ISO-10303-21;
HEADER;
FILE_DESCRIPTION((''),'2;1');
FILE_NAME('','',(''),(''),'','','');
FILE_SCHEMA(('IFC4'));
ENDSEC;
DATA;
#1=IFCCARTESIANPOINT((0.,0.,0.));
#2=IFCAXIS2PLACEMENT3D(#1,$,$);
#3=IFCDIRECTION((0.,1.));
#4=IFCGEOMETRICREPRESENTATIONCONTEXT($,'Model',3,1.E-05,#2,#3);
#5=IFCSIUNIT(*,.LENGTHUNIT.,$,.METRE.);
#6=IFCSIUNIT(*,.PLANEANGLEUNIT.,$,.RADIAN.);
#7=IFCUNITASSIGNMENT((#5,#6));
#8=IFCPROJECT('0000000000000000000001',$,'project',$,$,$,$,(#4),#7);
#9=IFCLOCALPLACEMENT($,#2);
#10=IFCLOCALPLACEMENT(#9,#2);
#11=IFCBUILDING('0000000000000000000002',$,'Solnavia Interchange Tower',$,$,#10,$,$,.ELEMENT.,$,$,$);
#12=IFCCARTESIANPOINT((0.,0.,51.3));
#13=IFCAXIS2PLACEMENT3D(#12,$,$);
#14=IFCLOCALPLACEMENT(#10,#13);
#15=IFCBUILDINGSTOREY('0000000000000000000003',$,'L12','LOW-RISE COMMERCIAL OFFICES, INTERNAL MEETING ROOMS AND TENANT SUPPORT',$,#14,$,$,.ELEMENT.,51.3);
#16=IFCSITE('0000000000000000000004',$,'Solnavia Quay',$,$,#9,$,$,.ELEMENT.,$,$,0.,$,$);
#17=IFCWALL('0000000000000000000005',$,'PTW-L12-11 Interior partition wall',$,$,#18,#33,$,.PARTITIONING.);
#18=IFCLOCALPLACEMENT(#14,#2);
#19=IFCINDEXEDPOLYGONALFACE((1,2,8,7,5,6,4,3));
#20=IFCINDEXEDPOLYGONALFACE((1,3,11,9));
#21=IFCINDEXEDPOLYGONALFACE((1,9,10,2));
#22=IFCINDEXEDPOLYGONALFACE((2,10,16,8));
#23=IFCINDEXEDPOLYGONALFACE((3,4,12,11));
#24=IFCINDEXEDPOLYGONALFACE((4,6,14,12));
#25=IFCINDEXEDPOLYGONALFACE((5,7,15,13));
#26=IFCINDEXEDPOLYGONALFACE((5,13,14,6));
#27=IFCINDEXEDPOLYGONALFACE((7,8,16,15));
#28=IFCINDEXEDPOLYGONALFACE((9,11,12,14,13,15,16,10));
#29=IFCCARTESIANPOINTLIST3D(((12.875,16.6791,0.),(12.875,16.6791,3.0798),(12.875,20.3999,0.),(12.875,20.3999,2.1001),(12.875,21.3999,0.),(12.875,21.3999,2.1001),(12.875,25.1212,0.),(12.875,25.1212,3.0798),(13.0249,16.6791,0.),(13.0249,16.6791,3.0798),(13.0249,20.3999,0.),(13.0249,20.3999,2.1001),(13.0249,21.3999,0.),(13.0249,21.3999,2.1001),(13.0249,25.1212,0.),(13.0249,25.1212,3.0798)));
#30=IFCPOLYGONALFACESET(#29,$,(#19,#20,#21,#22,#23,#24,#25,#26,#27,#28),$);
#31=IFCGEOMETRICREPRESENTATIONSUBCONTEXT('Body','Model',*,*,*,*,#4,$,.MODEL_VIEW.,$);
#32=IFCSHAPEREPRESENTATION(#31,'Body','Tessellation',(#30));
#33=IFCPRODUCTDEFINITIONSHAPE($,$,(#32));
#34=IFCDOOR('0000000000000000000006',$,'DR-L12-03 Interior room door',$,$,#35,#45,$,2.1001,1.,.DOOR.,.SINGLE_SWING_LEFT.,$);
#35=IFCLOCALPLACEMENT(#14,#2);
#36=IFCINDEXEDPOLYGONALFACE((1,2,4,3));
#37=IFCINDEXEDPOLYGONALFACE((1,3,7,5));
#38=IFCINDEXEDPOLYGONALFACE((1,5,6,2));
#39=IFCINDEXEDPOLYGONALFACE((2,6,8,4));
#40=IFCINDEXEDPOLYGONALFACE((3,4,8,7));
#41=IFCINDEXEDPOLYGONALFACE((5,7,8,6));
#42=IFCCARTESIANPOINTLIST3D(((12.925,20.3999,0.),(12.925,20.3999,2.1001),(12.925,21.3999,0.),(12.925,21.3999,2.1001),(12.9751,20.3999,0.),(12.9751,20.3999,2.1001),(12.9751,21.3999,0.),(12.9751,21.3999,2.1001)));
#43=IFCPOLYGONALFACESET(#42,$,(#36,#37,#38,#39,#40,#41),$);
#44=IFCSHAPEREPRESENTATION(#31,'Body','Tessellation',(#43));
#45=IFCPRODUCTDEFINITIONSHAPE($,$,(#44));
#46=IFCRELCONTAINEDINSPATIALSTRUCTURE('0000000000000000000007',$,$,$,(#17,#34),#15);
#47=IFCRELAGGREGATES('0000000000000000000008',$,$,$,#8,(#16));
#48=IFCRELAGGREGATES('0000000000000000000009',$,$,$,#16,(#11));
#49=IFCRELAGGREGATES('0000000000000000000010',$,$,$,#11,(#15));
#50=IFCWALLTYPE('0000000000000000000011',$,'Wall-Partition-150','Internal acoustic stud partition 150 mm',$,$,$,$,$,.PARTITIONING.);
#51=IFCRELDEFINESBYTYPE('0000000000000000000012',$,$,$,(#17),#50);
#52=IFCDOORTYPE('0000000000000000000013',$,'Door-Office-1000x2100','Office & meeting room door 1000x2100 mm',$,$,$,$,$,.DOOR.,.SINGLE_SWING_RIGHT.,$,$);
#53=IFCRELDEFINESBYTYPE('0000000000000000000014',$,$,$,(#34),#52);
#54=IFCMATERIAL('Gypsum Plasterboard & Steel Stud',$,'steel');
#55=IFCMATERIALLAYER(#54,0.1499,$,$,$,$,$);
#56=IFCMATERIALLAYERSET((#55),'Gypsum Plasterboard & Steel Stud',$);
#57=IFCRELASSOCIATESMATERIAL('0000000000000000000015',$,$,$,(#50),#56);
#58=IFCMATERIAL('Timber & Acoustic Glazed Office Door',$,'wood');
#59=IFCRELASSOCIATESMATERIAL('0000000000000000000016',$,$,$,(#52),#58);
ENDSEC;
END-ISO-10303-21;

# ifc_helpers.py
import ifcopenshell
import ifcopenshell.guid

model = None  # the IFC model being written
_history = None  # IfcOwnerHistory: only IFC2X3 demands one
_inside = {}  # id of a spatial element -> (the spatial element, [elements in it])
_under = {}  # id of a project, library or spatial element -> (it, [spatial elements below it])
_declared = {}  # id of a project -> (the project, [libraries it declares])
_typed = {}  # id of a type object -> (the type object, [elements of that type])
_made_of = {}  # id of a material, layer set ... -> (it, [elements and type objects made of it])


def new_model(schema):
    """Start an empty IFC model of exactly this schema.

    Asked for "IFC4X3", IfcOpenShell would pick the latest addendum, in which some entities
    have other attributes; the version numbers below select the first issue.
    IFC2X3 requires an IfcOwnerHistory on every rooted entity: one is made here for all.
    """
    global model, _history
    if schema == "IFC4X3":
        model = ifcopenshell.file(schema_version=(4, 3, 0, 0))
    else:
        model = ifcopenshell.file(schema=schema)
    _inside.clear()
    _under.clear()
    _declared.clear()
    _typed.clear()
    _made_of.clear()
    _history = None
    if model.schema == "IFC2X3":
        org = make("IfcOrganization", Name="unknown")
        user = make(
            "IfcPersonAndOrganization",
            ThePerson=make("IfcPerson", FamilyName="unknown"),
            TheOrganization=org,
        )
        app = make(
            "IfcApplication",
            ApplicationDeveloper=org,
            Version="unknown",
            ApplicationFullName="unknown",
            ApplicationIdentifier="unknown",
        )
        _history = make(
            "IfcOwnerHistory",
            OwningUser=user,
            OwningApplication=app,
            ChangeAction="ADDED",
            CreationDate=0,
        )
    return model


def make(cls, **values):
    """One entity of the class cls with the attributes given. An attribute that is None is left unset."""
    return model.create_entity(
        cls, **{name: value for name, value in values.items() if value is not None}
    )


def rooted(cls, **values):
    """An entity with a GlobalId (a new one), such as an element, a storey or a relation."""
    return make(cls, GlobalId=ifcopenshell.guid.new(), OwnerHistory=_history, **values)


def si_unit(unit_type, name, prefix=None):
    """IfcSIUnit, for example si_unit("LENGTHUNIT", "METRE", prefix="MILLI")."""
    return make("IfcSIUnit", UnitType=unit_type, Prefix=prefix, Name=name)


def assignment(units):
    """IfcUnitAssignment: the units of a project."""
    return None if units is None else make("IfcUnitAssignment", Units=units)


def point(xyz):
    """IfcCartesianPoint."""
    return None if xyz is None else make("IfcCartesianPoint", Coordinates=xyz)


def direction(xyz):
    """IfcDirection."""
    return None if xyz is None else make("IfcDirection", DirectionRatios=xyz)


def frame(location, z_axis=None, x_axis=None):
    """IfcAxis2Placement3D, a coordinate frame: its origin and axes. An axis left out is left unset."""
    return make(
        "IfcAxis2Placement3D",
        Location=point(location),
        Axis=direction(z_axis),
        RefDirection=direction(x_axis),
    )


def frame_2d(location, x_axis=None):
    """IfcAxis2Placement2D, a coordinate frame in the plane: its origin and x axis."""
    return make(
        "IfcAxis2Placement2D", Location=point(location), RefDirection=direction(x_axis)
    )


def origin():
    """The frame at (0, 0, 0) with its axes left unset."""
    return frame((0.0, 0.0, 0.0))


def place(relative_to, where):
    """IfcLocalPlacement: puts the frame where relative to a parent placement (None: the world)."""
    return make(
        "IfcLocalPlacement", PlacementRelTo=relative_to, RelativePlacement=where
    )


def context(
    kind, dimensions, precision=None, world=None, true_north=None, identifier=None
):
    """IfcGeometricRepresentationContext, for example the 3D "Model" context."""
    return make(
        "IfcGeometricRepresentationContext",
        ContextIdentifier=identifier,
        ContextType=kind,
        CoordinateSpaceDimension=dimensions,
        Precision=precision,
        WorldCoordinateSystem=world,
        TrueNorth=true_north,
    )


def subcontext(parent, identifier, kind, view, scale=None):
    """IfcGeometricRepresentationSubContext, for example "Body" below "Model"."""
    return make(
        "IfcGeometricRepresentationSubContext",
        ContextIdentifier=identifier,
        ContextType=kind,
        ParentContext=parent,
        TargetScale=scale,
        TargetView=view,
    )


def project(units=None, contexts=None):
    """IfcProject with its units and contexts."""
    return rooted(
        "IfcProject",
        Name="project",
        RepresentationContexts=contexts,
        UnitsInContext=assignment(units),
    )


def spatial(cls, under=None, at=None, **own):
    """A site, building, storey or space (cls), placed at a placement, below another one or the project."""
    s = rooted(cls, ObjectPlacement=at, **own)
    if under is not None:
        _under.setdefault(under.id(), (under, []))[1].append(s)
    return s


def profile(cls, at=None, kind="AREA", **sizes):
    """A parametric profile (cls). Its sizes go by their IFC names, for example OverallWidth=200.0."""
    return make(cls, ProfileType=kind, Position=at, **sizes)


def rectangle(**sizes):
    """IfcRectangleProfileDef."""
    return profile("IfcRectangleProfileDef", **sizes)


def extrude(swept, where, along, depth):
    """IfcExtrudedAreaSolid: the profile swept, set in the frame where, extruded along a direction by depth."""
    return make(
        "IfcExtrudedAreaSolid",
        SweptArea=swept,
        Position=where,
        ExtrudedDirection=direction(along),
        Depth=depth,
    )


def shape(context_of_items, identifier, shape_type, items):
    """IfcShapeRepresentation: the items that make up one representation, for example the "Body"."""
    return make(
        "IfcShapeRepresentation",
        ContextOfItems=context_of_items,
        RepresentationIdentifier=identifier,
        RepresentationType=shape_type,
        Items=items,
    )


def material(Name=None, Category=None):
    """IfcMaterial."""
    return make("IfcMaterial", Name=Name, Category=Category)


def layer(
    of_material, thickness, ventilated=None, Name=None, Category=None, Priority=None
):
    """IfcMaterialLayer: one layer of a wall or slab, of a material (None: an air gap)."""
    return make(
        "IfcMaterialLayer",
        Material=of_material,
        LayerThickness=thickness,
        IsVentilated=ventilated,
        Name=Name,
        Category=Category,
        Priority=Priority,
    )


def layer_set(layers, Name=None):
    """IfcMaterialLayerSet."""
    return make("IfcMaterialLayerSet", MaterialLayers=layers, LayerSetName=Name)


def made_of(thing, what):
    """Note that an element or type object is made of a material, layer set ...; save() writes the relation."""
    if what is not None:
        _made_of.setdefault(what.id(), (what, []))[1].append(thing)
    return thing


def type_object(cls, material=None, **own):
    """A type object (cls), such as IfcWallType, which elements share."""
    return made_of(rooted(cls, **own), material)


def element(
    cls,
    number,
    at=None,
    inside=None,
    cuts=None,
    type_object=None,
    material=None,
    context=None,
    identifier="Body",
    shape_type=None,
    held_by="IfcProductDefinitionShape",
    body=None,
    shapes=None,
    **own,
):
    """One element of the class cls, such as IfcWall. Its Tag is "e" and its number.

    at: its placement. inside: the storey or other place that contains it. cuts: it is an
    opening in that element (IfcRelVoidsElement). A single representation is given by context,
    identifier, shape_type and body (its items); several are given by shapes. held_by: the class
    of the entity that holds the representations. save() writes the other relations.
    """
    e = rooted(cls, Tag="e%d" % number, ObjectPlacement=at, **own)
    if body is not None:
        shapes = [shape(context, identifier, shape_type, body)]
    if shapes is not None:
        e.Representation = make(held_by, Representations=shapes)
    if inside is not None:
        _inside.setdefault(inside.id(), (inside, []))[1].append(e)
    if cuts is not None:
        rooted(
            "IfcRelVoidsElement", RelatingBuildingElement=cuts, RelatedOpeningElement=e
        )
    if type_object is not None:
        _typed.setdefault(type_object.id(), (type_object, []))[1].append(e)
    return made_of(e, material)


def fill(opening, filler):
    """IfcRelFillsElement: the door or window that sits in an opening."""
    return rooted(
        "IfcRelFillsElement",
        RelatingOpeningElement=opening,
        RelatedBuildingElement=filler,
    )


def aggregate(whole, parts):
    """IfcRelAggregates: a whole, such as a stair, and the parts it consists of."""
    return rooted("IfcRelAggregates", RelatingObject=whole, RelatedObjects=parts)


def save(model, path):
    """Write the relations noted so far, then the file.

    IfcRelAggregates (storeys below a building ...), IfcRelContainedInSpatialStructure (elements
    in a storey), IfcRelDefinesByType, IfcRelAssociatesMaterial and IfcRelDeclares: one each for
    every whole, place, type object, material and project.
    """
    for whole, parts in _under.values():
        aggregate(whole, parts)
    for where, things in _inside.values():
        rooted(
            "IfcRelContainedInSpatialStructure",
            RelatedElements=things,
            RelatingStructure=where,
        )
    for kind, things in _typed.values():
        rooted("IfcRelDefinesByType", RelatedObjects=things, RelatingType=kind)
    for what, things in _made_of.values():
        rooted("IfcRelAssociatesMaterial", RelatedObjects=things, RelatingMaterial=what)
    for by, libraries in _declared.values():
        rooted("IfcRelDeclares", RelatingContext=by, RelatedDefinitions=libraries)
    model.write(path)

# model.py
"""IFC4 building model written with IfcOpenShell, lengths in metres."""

from ifc_helpers import new_model, si_unit, direction, frame, frame_2d, origin, place, context, subcontext, project, spatial, rectangle, extrude, material, layer, layer_set, type_object, element, fill, save


model = new_model("IFC4")

# Units and contexts
model_context = context("Model", 3, precision=1e-05, world=origin(), true_north=direction((0.0, 1.0)))
body_context = subcontext(model_context, "Body", "Model", "MODEL_VIEW")
ifc_project = project(units=[si_unit("LENGTHUNIT", "METRE"), si_unit("PLANEANGLEUNIT", "RADIAN")], contexts=[model_context])

# Site, building, storey
site_placement = place(None, origin())
site = spatial("IfcSite", under=ifc_project, at=site_placement, Name="Solnavia Quay", CompositionType="ELEMENT", RefElevation=0.0)
building_placement = place(site_placement, origin())
building = spatial("IfcBuilding", under=site, at=building_placement, Name="Solnavia Interchange Tower", CompositionType="ELEMENT")
storey_placement = place(building_placement, frame((0.0, 0.0, 51.3)))
storey = spatial("IfcBuildingStorey", under=building, at=storey_placement, Name="L12", Description="LOW-RISE COMMERCIAL OFFICES, INTERNAL MEETING ROOMS AND TENANT SUPPORT", CompositionType="ELEMENT", Elevation=51.3)

# Shared definitions
ifc_material_1 = material(Name="Gypsum Plasterboard & Steel Stud", Category="steel")
ifc_layer_1 = layer(ifc_material_1, 0.1499)
ifc_layer_set_1 = layer_set([ifc_layer_1], Name="Gypsum Plasterboard & Steel Stud")
wall_type_1 = type_object("IfcWallType", Name="Wall-Partition-150", Description="Internal acoustic stud partition 150 mm", PredefinedType="PARTITIONING", material=ifc_layer_set_1)

# Wall, opening, door
wall_1_placement = place(storey_placement, frame((12.95, 16.679, 0.0), z_axis=(0.0, 0.0, 1.0), x_axis=(0.0, 1.0, 0.0)))
wall_1 = element("IfcWall", 1, at=wall_1_placement, inside=storey, type_object=wall_type_1, Name="PTW-L12-11 Interior partition wall", PredefinedType="PARTITIONING", context=body_context, shape_type="SweptSolid", body=[
    extrude(rectangle(XDim=8.4421, YDim=0.1499, at=frame_2d((4.2212, 0.0))), origin(), (0.0, 0.0, 1.0), 3.0798),
])
opening_1_placement = place(wall_1_placement, frame((3.7209, 0.0, 0.0)))
opening_1 = element("IfcOpeningElement", 2, at=opening_1_placement, cuts=wall_1, PredefinedType="OPENING", context=body_context, shape_type="SweptSolid", body=[
    extrude(rectangle(XDim=1.0, YDim=2.1001, at=frame_2d((0.5, 1.05))), frame((0.0, 0.085, 0.0), z_axis=(0.0, -1.0, 0.0), x_axis=(1.0, 0.0, 0.0)), (0.0, 0.0, 1.0), 0.1699),
])
ifc_material_2 = material(Name="Timber & Acoustic Glazed Office Door", Category="wood")
door_type = type_object("IfcDoorType", Name="Door-Office-1000x2100", Description="Office & meeting room door 1000x2100 mm", OperationType="SINGLE_SWING_RIGHT", PredefinedType="DOOR", material=ifc_material_2)
door_placement = place(opening_1_placement, origin())
door = element("IfcDoor", 3, at=door_placement, inside=storey, type_object=door_type, Name="DR-L12-03 Interior room door", OperationType="SINGLE_SWING_LEFT", OverallHeight=2.1001, OverallWidth=1.0, PredefinedType="DOOR", context=body_context, shape_type="SweptSolid", body=[
    extrude(rectangle(XDim=1.0, YDim=2.1001, at=frame_2d((0.5, 1.05))), frame((0.0, 0.0249, 0.0), z_axis=(0.0, -1.0, 0.0), x_axis=(1.0, 0.0, 0.0)), (0.0, 0.0, 1.0), 0.05),
])
fill(opening_1, door)

save(model, "model.ifc")
